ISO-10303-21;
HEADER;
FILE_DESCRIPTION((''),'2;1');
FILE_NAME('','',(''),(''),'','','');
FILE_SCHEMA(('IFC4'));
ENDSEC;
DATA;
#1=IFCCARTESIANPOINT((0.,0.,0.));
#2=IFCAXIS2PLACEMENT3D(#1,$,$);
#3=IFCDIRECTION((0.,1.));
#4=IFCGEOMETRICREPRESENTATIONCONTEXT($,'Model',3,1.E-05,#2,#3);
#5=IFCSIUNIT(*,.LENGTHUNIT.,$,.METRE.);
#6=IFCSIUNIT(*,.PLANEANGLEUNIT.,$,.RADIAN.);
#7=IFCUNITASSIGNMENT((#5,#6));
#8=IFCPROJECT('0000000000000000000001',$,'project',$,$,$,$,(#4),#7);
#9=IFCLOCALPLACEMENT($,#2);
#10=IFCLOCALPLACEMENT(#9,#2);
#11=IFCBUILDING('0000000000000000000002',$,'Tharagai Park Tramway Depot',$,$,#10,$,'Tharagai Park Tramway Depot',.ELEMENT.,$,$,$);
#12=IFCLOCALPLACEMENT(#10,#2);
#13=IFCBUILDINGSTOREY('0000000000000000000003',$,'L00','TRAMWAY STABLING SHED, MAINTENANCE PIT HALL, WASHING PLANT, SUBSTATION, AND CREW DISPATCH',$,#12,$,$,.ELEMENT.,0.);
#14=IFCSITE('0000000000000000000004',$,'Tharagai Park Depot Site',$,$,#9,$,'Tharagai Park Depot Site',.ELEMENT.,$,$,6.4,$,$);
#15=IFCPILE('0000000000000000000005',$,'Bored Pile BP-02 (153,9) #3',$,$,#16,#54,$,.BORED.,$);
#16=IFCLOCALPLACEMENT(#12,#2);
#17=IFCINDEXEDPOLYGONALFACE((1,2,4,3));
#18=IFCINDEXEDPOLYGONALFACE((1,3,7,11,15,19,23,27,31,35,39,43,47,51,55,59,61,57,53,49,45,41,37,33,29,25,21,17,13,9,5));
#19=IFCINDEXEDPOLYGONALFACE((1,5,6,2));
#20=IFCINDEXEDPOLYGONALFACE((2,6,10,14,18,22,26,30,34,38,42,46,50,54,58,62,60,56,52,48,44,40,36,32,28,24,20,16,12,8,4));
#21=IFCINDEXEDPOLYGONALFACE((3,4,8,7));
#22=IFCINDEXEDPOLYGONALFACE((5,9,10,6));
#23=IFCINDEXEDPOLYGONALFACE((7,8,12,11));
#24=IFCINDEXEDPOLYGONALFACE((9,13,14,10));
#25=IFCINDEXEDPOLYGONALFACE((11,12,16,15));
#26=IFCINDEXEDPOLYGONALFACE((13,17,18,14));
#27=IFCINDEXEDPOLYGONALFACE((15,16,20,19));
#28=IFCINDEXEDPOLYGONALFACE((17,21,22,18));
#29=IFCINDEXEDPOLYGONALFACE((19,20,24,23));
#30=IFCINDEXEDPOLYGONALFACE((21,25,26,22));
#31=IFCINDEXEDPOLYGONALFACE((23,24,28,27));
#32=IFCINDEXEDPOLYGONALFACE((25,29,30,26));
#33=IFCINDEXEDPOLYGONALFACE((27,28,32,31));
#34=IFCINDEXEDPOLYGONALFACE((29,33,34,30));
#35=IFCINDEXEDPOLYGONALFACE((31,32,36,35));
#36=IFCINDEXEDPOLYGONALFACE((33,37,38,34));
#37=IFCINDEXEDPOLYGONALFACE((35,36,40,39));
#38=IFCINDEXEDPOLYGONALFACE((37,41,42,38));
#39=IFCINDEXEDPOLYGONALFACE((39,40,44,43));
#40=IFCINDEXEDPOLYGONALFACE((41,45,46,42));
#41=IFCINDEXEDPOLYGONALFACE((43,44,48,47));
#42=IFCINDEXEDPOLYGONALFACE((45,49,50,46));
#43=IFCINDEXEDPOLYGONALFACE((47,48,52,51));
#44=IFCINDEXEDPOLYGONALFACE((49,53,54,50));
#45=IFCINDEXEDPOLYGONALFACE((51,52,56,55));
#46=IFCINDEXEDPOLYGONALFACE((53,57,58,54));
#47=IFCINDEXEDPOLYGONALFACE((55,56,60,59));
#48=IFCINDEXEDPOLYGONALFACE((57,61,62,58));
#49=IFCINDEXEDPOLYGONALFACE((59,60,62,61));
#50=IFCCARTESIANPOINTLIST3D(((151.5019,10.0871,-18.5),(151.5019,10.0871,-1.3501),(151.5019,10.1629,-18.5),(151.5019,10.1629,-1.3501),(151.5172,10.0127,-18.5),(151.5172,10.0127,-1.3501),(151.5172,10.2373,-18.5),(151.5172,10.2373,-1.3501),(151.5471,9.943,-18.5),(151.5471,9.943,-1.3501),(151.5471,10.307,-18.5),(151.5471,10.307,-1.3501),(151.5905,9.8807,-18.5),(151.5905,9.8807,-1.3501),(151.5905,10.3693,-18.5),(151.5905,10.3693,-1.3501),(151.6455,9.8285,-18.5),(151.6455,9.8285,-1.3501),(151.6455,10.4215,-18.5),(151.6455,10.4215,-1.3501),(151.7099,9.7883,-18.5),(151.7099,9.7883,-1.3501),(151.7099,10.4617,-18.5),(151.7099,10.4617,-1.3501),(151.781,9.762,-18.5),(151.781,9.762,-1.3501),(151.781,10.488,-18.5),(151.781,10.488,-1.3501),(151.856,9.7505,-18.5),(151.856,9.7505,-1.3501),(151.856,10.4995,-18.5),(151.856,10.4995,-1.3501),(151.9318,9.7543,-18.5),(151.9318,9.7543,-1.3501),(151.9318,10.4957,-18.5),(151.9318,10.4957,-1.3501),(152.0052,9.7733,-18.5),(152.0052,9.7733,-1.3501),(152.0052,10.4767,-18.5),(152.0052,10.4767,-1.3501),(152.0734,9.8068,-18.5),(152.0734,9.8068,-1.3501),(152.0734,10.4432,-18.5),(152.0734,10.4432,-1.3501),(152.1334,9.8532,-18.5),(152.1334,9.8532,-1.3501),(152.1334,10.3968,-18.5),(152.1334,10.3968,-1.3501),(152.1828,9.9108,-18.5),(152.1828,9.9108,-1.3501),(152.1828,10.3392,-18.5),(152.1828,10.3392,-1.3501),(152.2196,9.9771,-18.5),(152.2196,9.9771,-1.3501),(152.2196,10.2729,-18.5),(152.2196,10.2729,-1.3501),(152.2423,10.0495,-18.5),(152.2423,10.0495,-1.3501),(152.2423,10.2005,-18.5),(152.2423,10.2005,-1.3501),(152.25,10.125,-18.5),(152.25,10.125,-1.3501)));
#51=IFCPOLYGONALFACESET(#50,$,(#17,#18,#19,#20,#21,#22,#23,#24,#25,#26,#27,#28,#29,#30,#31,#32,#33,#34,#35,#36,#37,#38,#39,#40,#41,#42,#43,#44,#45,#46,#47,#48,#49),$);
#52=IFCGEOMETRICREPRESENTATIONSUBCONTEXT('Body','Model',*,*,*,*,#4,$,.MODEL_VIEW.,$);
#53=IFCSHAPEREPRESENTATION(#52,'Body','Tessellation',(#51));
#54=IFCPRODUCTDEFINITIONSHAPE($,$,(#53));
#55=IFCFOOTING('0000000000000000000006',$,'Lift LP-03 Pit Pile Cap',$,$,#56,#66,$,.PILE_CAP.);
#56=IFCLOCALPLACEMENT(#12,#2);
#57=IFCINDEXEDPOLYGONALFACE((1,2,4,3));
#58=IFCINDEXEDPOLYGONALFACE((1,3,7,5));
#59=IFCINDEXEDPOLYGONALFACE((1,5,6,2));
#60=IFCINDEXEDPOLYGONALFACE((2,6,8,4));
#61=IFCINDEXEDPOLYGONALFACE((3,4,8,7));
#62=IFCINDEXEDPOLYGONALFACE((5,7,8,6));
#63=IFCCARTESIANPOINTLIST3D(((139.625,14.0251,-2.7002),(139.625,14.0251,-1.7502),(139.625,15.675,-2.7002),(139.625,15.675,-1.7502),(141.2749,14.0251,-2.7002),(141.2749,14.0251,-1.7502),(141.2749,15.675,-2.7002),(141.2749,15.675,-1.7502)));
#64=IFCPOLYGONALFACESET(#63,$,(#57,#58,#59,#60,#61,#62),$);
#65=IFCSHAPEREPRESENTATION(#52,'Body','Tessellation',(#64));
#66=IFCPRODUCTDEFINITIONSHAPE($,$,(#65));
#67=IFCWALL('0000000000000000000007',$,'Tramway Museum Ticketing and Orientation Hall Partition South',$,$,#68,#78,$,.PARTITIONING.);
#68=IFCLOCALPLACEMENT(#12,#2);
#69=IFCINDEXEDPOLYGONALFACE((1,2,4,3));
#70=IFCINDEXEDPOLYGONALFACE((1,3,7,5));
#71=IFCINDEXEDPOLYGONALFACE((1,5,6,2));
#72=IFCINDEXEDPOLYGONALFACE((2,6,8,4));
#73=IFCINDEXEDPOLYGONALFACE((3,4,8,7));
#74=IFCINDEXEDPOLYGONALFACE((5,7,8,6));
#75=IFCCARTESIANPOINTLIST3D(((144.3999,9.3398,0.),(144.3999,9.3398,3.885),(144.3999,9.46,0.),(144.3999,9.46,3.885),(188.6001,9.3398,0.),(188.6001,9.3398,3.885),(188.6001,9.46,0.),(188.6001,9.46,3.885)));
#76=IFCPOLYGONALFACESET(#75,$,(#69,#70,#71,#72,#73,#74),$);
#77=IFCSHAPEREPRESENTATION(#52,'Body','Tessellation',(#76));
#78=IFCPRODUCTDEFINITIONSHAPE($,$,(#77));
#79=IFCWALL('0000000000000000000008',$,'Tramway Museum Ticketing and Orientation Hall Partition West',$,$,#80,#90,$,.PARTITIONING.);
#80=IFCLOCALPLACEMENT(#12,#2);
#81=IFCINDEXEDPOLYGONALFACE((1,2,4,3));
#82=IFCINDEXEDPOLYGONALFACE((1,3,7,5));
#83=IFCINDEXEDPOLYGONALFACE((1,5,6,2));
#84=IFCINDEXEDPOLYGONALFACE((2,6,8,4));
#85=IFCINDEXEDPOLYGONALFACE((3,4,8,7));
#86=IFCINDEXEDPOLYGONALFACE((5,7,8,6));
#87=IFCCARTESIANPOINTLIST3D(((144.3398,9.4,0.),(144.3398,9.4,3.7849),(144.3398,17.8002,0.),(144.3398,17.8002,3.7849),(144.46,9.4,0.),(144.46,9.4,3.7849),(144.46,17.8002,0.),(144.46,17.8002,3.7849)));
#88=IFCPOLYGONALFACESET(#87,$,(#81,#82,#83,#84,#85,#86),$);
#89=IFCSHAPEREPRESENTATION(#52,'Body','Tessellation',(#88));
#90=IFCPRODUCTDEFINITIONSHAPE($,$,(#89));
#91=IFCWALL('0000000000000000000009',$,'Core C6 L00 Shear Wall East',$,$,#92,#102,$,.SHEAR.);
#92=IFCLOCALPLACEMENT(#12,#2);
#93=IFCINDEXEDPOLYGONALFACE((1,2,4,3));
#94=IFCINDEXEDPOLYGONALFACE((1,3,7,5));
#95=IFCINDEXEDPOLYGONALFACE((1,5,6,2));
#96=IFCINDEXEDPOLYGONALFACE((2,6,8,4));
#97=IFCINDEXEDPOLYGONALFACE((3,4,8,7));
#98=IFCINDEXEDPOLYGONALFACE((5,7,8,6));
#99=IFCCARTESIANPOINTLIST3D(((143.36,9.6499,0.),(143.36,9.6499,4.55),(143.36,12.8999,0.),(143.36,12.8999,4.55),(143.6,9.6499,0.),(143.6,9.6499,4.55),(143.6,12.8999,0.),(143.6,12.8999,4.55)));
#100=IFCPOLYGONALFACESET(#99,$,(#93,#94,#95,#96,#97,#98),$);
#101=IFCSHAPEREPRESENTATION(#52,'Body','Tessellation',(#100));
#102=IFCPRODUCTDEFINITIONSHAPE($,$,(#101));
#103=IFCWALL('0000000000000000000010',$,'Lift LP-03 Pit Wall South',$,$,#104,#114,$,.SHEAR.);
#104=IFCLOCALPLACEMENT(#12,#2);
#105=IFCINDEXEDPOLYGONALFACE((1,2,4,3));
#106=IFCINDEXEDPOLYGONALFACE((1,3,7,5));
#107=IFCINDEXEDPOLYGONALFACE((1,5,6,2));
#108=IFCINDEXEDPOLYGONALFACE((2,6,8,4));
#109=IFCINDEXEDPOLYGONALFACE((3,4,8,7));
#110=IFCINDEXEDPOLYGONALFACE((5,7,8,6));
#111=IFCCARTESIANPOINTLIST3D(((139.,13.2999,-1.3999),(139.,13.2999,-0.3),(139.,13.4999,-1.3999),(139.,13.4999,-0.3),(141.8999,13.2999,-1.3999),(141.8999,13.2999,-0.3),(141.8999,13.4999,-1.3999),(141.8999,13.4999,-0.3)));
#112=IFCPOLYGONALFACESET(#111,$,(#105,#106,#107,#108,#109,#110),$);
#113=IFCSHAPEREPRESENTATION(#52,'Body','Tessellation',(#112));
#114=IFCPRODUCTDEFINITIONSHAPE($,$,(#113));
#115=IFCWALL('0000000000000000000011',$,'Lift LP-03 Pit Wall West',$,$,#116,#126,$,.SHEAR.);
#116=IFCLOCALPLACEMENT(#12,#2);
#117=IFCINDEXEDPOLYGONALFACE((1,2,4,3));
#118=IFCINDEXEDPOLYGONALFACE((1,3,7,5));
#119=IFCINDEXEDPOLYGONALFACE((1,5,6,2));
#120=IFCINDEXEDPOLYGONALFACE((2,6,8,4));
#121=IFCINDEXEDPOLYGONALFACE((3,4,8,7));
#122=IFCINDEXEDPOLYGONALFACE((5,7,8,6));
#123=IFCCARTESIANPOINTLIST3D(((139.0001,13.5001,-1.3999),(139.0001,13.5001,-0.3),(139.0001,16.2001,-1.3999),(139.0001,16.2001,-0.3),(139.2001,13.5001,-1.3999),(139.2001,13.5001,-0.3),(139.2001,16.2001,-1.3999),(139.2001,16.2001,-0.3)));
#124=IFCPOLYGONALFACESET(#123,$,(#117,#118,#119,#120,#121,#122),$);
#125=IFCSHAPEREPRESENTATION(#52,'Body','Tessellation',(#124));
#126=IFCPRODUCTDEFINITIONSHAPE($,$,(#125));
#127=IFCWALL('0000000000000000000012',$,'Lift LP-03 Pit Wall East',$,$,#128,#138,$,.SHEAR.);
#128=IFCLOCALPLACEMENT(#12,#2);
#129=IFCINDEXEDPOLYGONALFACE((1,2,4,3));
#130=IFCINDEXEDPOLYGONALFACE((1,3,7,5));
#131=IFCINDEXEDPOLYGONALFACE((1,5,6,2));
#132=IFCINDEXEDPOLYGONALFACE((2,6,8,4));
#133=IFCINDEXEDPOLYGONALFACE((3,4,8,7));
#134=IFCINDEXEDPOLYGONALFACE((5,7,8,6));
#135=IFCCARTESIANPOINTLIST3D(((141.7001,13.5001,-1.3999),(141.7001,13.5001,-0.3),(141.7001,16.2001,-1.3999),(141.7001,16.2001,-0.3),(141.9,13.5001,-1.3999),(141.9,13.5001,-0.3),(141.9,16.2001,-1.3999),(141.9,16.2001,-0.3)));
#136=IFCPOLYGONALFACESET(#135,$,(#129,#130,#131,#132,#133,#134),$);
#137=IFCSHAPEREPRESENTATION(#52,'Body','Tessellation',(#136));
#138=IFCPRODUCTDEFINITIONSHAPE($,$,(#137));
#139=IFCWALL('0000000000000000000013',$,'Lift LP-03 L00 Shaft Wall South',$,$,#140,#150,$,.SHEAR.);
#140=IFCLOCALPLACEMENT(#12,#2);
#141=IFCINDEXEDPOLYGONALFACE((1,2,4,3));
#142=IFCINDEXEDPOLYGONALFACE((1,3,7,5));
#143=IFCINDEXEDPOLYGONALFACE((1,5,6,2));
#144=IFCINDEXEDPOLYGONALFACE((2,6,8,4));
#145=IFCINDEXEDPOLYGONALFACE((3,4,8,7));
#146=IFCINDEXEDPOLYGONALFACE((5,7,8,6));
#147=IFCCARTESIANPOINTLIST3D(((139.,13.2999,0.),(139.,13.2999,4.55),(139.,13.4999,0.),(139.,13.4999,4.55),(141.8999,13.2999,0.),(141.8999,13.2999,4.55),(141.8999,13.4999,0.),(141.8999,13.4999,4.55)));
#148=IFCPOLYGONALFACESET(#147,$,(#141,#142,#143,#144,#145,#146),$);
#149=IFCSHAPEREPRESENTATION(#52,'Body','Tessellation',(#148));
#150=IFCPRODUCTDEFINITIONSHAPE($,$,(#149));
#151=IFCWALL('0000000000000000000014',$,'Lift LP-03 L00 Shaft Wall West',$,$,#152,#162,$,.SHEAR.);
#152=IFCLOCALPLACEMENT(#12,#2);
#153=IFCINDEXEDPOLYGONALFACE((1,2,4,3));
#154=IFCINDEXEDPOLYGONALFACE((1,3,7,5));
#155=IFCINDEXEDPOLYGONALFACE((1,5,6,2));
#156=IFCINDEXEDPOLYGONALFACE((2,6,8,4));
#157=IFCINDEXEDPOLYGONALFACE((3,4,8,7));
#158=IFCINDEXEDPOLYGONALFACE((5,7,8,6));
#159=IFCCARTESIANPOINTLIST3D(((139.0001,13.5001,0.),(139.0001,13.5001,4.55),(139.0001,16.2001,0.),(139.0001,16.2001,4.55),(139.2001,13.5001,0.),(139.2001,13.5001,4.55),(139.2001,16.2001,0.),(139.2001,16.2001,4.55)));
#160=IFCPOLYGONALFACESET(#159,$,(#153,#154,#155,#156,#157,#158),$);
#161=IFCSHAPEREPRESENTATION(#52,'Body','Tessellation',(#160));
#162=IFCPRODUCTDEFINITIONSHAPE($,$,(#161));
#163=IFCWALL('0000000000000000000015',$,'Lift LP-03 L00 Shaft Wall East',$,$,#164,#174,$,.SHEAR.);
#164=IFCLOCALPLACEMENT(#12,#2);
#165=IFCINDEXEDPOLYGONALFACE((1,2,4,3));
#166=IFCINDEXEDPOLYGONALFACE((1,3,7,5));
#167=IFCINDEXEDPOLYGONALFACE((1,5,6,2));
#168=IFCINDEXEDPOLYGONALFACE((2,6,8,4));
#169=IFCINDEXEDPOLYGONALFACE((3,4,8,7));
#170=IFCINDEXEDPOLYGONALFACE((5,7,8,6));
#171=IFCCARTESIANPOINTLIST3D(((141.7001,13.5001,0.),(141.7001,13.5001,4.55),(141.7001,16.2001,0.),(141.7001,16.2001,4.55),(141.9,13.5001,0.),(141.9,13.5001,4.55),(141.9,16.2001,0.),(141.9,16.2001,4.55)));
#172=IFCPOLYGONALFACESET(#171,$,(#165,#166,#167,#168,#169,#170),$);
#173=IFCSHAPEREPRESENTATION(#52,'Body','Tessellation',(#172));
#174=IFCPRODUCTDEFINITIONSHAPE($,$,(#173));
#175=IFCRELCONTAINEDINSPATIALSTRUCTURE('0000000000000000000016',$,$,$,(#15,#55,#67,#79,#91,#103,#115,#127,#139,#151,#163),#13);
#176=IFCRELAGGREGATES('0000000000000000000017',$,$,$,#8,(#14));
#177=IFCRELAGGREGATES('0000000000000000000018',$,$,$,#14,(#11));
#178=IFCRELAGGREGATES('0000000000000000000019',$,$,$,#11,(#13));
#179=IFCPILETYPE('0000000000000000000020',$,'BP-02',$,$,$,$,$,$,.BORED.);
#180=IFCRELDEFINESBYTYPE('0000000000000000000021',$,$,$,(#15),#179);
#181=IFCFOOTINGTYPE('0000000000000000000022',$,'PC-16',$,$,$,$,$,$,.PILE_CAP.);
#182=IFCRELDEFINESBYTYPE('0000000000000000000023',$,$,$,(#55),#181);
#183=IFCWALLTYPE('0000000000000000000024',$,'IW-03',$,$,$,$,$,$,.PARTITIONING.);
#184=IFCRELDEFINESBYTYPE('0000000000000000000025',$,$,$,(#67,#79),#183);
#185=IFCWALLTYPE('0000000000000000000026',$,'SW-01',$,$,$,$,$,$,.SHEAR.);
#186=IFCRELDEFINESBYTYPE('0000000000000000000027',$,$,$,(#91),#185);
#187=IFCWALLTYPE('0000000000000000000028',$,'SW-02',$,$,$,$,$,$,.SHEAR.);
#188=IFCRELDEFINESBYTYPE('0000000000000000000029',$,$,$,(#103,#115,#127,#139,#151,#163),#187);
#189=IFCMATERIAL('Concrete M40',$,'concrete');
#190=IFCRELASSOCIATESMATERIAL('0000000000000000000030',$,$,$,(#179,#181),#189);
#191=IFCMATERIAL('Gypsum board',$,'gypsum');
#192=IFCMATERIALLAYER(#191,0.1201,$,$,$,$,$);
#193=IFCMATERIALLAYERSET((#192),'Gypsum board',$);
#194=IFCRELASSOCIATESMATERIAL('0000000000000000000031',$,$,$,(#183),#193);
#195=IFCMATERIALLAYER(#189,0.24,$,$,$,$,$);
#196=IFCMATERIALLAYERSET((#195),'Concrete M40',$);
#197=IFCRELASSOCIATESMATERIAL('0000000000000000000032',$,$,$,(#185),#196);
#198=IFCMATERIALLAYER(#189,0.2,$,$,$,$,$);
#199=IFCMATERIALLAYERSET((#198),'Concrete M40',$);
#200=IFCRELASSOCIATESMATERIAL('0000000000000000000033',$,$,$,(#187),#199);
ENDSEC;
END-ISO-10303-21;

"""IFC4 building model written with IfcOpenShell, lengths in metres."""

from ifc_helpers import new_model, si_unit, direction, frame, frame_2d, origin, origin_2d, place, context, subcontext, project, spatial, rectangle, circle, extrude, material, layer, layer_set, material_profile, profile_set, type_object, element, save


model = new_model("IFC4")

# Units and contexts
model_context = context("Model", 3, precision=1e-05, world=origin(), true_north=direction((0.0, 1.0)))
body_context = subcontext(model_context, "Body", "Model", "MODEL_VIEW")
ifc_project = project(units=[si_unit("LENGTHUNIT", "METRE"), si_unit("PLANEANGLEUNIT", "RADIAN")], contexts=[model_context])

# Site, building, storey
site_placement = place(None, origin())
site = spatial("IfcSite", under=ifc_project, at=site_placement, Name="Tharagai Park Depot Site", LongName="Tharagai Park Depot Site", CompositionType="ELEMENT", RefElevation=6.4)
building_placement = place(site_placement, origin())
building = spatial("IfcBuilding", under=site, at=building_placement, Name="Tharagai Park Tramway Depot", LongName="Tharagai Park Tramway Depot", CompositionType="ELEMENT")
storey_placement = place(building_placement, origin())
storey = spatial("IfcBuildingStorey", under=building, at=storey_placement, Name="L00", Description="TRAMWAY STABLING SHED, MAINTENANCE PIT HALL, WASHING PLANT, SUBSTATION, AND CREW DISPATCH", CompositionType="ELEMENT", Elevation=0.0)

# Pile
ifc_material_1 = material(Name="Concrete M40", Category="concrete")
ifc_material_profile_1 = material_profile(ifc_material_1, circle(Radius=0.375, at=origin_2d()), Name="PILE D750")
ifc_profile_set_1 = profile_set([ifc_material_profile_1], Name="Concrete M40")
pile_type_1 = type_object("IfcPileType", Name="BP-02", PredefinedType="BORED", material=ifc_profile_set_1)
pile_1_placement = place(storey_placement, frame((151.875, 10.125, -1.3501), z_axis=(0.0, 0.0, -1.0), x_axis=(1.0, 0.0, 0.0)))
element("IfcPile", 1, at=pile_1_placement, inside=storey, type_object=pile_type_1, Name="Bored Pile BP-02 (153,9) #3", PredefinedType="BORED", context=body_context, shape_type="SweptSolid", body=[
    extrude(circle(Radius=0.375, at=origin_2d()), origin(), (0.0, 0.0, 1.0), 17.1499),
])

# Footing
footing_type = type_object("IfcFootingType", Name="PC-16", PredefinedType="PILE_CAP", material=ifc_material_1)
footing_placement = place(storey_placement, frame((140.45, 14.8501, -2.7002), z_axis=(0.0, 0.0, 1.0), x_axis=(1.0, 0.0, 0.0)))
element("IfcFooting", 2, at=footing_placement, inside=storey, type_object=footing_type, Name="Lift LP-03 Pit Pile Cap", PredefinedType="PILE_CAP", context=body_context, shape_type="SweptSolid", body=[
    extrude(rectangle(XDim=1.6499, YDim=1.6499, at=origin_2d()), origin(), (0.0, 0.0, 1.0), 0.95),
])

# Walls
ifc_material_2 = material(Name="Gypsum board", Category="gypsum")
ifc_layer_1 = layer(ifc_material_2, 0.1201)
ifc_layer_set_1 = layer_set([ifc_layer_1], Name="Gypsum board")
wall_type_1 = type_object("IfcWallType", Name="IW-03", PredefinedType="PARTITIONING", material=ifc_layer_set_1)
wall_1_placement = place(storey_placement, frame((144.3999, 9.3999, 0.0), z_axis=(0.0, 0.0, 1.0), x_axis=(1.0, 0.0, 0.0)))
element("IfcWall", 3, at=wall_1_placement, inside=storey, type_object=wall_type_1, Name="Tramway Museum Ticketing and Orientation Hall Partition South", PredefinedType="PARTITIONING", context=body_context, shape_type="SweptSolid", body=[
    extrude(rectangle(XDim=44.2002, YDim=0.1201, at=frame_2d((22.1001, 0.0))), origin(), (0.0, 0.0, 1.0), 3.885),
])
wall_2_placement = place(storey_placement, frame((144.3999, 9.3999, 0.0), z_axis=(0.0, 0.0, 1.0), x_axis=(0.0, 1.0, 0.0)))
element("IfcWall", 4, at=wall_2_placement, inside=storey, type_object=wall_type_1, Name="Tramway Museum Ticketing and Orientation Hall Partition West", PredefinedType="PARTITIONING", context=body_context, shape_type="SweptSolid", body=[
    extrude(rectangle(XDim=8.4001, YDim=0.1201, at=frame_2d((4.2002, 0.0))), origin(), (0.0, 0.0, 1.0), 3.7849),
])
ifc_layer_2 = layer(ifc_material_1, 0.24)
ifc_layer_set_2 = layer_set([ifc_layer_2], Name="Concrete M40")
wall_type_2 = type_object("IfcWallType", Name="SW-01", PredefinedType="SHEAR", material=ifc_layer_set_2)
wall_3_placement = place(storey_placement, frame((143.48, 9.6499, 0.0), z_axis=(0.0, 0.0, 1.0), x_axis=(0.0, 1.0, 0.0)))
element("IfcWall", 5, at=wall_3_placement, inside=storey, type_object=wall_type_2, Name="Core C6 L00 Shear Wall East", PredefinedType="SHEAR", context=body_context, shape_type="SweptSolid", body=[
    extrude(rectangle(XDim=3.25, YDim=0.24, at=frame_2d((1.625, 0.0))), origin(), (0.0, 0.0, 1.0), 4.55),
])
ifc_layer_3 = layer(ifc_material_1, 0.2)
ifc_layer_set_3 = layer_set([ifc_layer_3], Name="Concrete M40")
wall_type_3 = type_object("IfcWallType", Name="SW-02", PredefinedType="SHEAR", material=ifc_layer_set_3)
wall_4_placement = place(storey_placement, frame((139.0, 13.3999, -1.3999), z_axis=(0.0, 0.0, 1.0), x_axis=(1.0, 0.0, 0.0)))
element("IfcWall", 6, at=wall_4_placement, inside=storey, type_object=wall_type_3, Name="Lift LP-03 Pit Wall South", PredefinedType="SHEAR", context=body_context, shape_type="SweptSolid", body=[
    extrude(rectangle(XDim=2.8999, YDim=0.2, at=frame_2d((1.45, 0.0))), origin(), (0.0, 0.0, 1.0), 1.0999),
])
for number, where, z_axis, x_axis, name in (
    (7, (139.1001, 13.5, -1.3999), (0.0, 0.0, 1.0), (0.0, 1.0, 0.0), "Lift LP-03 Pit Wall West"),
    (8, (141.8, 13.5, -1.3999), (0.0, 0.0, 1.0), (0.0, 1.0, 0.0), "Lift LP-03 Pit Wall East"),
):
    element("IfcWall", number, at=place(storey_placement, frame(where, z_axis=z_axis, x_axis=x_axis)), inside=storey, type_object=wall_type_3, Name=name, PredefinedType="SHEAR", context=body_context, shape_type="SweptSolid", body=[
        extrude(rectangle(XDim=2.7, YDim=0.2, at=frame_2d((1.3501, 0.0))), origin(), (0.0, 0.0, 1.0), 1.0999),
    ])
wall_5_placement = place(storey_placement, frame((139.0, 13.3999, 0.0), z_axis=(0.0, 0.0, 1.0), x_axis=(1.0, 0.0, 0.0)))
element("IfcWall", 9, at=wall_5_placement, inside=storey, type_object=wall_type_3, Name="Lift LP-03 L00 Shaft Wall South", PredefinedType="SHEAR", context=body_context, shape_type="SweptSolid", body=[
    extrude(rectangle(XDim=2.8999, YDim=0.2, at=frame_2d((1.45, 0.0))), origin(), (0.0, 0.0, 1.0), 4.55),
])
for number, where, z_axis, x_axis, name in (
    (10, (139.1001, 13.5, 0.0), (0.0, 0.0, 1.0), (0.0, 1.0, 0.0), "Lift LP-03 L00 Shaft Wall West"),
    (11, (141.8, 13.5, 0.0), (0.0, 0.0, 1.0), (0.0, 1.0, 0.0), "Lift LP-03 L00 Shaft Wall East"),
):
    element("IfcWall", number, at=place(storey_placement, frame(where, z_axis=z_axis, x_axis=x_axis)), inside=storey, type_object=wall_type_3, Name=name, PredefinedType="SHEAR", context=body_context, shape_type="SweptSolid", body=[
        extrude(rectangle(XDim=2.7, YDim=0.2, at=frame_2d((1.3501, 0.0))), origin(), (0.0, 0.0, 1.0), 4.55),
    ])

save(model, "model.ifc")
